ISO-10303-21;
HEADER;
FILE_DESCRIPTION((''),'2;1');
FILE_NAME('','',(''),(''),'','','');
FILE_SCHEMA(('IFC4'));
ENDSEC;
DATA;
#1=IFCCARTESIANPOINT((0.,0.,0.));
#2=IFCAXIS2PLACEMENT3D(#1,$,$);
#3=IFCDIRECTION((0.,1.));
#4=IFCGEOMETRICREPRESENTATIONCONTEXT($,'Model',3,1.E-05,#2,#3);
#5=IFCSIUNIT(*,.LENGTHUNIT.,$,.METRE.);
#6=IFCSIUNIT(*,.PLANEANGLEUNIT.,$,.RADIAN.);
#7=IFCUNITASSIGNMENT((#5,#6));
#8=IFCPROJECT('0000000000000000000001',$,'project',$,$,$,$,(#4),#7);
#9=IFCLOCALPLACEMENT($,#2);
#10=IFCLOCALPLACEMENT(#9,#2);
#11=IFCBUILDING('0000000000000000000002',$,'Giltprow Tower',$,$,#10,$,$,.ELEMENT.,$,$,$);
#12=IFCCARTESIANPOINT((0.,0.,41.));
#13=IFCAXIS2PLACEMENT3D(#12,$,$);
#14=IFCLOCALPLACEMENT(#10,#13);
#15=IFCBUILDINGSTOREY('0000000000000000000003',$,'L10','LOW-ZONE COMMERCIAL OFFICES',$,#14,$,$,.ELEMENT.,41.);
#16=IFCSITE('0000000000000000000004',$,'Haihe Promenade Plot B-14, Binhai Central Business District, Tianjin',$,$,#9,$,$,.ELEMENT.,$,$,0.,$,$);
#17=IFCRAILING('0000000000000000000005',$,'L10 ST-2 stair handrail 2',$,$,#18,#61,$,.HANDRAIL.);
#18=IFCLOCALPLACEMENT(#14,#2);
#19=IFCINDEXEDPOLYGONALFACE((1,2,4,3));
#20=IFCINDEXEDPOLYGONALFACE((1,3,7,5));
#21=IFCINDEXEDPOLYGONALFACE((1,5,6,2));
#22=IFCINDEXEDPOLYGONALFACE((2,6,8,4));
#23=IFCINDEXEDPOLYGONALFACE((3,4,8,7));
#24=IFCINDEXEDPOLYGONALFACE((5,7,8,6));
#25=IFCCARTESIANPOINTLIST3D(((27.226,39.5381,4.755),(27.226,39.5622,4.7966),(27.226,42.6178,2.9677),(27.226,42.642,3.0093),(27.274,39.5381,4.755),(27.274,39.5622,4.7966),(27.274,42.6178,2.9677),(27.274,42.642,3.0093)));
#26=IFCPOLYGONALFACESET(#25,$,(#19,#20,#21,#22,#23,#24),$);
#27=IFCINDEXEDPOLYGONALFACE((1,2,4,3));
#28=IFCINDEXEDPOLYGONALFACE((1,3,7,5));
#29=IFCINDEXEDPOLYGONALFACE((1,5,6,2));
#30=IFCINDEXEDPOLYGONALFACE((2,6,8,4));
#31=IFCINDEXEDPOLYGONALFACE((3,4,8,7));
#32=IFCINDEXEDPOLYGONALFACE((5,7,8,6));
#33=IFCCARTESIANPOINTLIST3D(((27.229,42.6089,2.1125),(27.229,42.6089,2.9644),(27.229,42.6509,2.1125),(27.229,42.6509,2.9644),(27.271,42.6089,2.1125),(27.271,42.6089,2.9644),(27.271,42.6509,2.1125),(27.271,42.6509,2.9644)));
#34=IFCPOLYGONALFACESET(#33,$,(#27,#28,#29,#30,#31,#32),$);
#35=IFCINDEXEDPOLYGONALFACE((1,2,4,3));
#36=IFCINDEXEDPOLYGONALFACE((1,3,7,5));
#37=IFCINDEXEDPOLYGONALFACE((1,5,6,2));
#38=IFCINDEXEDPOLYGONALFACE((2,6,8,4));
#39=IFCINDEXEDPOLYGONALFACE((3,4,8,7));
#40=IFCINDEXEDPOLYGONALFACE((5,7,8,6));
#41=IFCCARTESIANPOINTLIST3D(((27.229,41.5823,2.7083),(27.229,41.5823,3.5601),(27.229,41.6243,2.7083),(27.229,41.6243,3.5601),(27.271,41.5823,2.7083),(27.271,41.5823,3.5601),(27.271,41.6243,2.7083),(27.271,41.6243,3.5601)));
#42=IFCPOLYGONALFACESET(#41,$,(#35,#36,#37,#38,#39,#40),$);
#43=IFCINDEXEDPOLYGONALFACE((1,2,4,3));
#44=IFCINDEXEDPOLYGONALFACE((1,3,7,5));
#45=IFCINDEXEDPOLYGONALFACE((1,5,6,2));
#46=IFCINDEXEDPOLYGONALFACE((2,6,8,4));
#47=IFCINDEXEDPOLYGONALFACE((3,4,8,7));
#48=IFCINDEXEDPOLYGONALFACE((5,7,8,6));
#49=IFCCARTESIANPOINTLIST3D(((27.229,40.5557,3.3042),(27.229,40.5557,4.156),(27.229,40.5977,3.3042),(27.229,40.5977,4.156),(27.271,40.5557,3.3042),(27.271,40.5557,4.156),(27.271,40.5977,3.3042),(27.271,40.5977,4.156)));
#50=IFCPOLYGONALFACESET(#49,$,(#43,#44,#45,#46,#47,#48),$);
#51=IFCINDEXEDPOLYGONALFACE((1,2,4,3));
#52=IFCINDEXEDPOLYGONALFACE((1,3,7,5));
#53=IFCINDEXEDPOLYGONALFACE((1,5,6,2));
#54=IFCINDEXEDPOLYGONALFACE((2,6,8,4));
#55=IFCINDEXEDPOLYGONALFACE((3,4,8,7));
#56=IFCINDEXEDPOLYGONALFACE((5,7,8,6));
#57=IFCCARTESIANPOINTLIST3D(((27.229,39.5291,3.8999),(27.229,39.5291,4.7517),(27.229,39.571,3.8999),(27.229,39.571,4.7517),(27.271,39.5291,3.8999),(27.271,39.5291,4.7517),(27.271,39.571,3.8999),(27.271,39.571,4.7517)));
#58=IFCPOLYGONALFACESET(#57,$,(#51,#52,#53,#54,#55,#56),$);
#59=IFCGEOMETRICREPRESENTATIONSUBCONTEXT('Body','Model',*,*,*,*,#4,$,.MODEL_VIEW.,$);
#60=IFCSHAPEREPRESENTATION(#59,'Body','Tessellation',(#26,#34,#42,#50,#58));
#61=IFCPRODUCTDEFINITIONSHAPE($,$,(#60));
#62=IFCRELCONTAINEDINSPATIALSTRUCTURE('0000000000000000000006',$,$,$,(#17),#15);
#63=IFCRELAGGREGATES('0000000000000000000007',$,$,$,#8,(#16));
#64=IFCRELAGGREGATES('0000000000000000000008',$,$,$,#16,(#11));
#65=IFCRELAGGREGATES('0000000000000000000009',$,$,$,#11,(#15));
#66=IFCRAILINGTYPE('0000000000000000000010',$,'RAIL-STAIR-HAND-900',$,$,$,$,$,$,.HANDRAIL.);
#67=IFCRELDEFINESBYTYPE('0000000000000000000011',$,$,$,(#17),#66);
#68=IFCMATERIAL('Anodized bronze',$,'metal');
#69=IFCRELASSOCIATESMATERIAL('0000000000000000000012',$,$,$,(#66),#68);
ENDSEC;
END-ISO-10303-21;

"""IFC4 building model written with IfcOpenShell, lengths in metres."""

from ifc_helpers import new_model, si_unit, direction, frame, origin, origin_2d, place, context, subcontext, project, spatial, rectangle, extrude, material, type_object, element, save


model = new_model("IFC4")

# Units and contexts
model_context = context("Model", 3, precision=1e-05, world=origin(), true_north=direction((0.0, 1.0)))
body_context = subcontext(model_context, "Body", "Model", "MODEL_VIEW")
ifc_project = project(units=[si_unit("LENGTHUNIT", "METRE"), si_unit("PLANEANGLEUNIT", "RADIAN")], contexts=[model_context])

# Site, building, storey
site_placement = place(None, origin())
site = spatial("IfcSite", under=ifc_project, at=site_placement, Name="Haihe Promenade Plot B-14, Binhai Central Business District, Tianjin", CompositionType="ELEMENT", RefElevation=0.0)
building_placement = place(site_placement, origin())
building = spatial("IfcBuilding", under=site, at=building_placement, Name="Giltprow Tower", CompositionType="ELEMENT")
storey_placement = place(building_placement, frame((0.0, 0.0, 41.0)))
storey = spatial("IfcBuildingStorey", under=building, at=storey_placement, Name="L10", Description="LOW-ZONE COMMERCIAL OFFICES", CompositionType="ELEMENT", Elevation=41.0)

# Railing
ifc_material_1 = material(Name="Anodized bronze", Category="metal")
railing_type_1 = type_object("IfcRailingType", Name="RAIL-STAIR-HAND-900", PredefinedType="HANDRAIL", material=ifc_material_1)
railing_1_placement = place(storey_placement, frame((27.25, 42.6299, 2.1125)))
element("IfcRailing", 1, at=railing_1_placement, inside=storey, type_object=railing_type_1, Name="L10 ST-2 stair handrail 2", PredefinedType="HANDRAIL", context=body_context, shape_type="SweptSolid", body=[
    extrude(rectangle(XDim=0.0481, YDim=0.0481, at=origin_2d()), frame((0.0, 0.0, 0.876), z_axis=(0.0, -0.864903, 0.501939), x_axis=(1.0, 0.0, 0.0)), (0.0, 0.0, 1.0), 3.5608),
    extrude(rectangle(XDim=0.042, YDim=0.042, at=origin_2d()), origin(), (0.0, 0.0, 1.0), 0.8518),
    extrude(rectangle(XDim=0.042, YDim=0.042, at=origin_2d()), frame((0.0, -1.0266, 0.5957)), (0.0, 0.0, 1.0), 0.8518),
    extrude(rectangle(XDim=0.042, YDim=0.042, at=origin_2d()), frame((0.0, -2.0532, 1.1917)), (0.0, 0.0, 1.0), 0.8518),
    extrude(rectangle(XDim=0.042, YDim=0.042, at=origin_2d()), frame((0.0, -3.0798, 1.7874)), (0.0, 0.0, 1.0), 0.8518),
])

save(model, "model.ifc")
